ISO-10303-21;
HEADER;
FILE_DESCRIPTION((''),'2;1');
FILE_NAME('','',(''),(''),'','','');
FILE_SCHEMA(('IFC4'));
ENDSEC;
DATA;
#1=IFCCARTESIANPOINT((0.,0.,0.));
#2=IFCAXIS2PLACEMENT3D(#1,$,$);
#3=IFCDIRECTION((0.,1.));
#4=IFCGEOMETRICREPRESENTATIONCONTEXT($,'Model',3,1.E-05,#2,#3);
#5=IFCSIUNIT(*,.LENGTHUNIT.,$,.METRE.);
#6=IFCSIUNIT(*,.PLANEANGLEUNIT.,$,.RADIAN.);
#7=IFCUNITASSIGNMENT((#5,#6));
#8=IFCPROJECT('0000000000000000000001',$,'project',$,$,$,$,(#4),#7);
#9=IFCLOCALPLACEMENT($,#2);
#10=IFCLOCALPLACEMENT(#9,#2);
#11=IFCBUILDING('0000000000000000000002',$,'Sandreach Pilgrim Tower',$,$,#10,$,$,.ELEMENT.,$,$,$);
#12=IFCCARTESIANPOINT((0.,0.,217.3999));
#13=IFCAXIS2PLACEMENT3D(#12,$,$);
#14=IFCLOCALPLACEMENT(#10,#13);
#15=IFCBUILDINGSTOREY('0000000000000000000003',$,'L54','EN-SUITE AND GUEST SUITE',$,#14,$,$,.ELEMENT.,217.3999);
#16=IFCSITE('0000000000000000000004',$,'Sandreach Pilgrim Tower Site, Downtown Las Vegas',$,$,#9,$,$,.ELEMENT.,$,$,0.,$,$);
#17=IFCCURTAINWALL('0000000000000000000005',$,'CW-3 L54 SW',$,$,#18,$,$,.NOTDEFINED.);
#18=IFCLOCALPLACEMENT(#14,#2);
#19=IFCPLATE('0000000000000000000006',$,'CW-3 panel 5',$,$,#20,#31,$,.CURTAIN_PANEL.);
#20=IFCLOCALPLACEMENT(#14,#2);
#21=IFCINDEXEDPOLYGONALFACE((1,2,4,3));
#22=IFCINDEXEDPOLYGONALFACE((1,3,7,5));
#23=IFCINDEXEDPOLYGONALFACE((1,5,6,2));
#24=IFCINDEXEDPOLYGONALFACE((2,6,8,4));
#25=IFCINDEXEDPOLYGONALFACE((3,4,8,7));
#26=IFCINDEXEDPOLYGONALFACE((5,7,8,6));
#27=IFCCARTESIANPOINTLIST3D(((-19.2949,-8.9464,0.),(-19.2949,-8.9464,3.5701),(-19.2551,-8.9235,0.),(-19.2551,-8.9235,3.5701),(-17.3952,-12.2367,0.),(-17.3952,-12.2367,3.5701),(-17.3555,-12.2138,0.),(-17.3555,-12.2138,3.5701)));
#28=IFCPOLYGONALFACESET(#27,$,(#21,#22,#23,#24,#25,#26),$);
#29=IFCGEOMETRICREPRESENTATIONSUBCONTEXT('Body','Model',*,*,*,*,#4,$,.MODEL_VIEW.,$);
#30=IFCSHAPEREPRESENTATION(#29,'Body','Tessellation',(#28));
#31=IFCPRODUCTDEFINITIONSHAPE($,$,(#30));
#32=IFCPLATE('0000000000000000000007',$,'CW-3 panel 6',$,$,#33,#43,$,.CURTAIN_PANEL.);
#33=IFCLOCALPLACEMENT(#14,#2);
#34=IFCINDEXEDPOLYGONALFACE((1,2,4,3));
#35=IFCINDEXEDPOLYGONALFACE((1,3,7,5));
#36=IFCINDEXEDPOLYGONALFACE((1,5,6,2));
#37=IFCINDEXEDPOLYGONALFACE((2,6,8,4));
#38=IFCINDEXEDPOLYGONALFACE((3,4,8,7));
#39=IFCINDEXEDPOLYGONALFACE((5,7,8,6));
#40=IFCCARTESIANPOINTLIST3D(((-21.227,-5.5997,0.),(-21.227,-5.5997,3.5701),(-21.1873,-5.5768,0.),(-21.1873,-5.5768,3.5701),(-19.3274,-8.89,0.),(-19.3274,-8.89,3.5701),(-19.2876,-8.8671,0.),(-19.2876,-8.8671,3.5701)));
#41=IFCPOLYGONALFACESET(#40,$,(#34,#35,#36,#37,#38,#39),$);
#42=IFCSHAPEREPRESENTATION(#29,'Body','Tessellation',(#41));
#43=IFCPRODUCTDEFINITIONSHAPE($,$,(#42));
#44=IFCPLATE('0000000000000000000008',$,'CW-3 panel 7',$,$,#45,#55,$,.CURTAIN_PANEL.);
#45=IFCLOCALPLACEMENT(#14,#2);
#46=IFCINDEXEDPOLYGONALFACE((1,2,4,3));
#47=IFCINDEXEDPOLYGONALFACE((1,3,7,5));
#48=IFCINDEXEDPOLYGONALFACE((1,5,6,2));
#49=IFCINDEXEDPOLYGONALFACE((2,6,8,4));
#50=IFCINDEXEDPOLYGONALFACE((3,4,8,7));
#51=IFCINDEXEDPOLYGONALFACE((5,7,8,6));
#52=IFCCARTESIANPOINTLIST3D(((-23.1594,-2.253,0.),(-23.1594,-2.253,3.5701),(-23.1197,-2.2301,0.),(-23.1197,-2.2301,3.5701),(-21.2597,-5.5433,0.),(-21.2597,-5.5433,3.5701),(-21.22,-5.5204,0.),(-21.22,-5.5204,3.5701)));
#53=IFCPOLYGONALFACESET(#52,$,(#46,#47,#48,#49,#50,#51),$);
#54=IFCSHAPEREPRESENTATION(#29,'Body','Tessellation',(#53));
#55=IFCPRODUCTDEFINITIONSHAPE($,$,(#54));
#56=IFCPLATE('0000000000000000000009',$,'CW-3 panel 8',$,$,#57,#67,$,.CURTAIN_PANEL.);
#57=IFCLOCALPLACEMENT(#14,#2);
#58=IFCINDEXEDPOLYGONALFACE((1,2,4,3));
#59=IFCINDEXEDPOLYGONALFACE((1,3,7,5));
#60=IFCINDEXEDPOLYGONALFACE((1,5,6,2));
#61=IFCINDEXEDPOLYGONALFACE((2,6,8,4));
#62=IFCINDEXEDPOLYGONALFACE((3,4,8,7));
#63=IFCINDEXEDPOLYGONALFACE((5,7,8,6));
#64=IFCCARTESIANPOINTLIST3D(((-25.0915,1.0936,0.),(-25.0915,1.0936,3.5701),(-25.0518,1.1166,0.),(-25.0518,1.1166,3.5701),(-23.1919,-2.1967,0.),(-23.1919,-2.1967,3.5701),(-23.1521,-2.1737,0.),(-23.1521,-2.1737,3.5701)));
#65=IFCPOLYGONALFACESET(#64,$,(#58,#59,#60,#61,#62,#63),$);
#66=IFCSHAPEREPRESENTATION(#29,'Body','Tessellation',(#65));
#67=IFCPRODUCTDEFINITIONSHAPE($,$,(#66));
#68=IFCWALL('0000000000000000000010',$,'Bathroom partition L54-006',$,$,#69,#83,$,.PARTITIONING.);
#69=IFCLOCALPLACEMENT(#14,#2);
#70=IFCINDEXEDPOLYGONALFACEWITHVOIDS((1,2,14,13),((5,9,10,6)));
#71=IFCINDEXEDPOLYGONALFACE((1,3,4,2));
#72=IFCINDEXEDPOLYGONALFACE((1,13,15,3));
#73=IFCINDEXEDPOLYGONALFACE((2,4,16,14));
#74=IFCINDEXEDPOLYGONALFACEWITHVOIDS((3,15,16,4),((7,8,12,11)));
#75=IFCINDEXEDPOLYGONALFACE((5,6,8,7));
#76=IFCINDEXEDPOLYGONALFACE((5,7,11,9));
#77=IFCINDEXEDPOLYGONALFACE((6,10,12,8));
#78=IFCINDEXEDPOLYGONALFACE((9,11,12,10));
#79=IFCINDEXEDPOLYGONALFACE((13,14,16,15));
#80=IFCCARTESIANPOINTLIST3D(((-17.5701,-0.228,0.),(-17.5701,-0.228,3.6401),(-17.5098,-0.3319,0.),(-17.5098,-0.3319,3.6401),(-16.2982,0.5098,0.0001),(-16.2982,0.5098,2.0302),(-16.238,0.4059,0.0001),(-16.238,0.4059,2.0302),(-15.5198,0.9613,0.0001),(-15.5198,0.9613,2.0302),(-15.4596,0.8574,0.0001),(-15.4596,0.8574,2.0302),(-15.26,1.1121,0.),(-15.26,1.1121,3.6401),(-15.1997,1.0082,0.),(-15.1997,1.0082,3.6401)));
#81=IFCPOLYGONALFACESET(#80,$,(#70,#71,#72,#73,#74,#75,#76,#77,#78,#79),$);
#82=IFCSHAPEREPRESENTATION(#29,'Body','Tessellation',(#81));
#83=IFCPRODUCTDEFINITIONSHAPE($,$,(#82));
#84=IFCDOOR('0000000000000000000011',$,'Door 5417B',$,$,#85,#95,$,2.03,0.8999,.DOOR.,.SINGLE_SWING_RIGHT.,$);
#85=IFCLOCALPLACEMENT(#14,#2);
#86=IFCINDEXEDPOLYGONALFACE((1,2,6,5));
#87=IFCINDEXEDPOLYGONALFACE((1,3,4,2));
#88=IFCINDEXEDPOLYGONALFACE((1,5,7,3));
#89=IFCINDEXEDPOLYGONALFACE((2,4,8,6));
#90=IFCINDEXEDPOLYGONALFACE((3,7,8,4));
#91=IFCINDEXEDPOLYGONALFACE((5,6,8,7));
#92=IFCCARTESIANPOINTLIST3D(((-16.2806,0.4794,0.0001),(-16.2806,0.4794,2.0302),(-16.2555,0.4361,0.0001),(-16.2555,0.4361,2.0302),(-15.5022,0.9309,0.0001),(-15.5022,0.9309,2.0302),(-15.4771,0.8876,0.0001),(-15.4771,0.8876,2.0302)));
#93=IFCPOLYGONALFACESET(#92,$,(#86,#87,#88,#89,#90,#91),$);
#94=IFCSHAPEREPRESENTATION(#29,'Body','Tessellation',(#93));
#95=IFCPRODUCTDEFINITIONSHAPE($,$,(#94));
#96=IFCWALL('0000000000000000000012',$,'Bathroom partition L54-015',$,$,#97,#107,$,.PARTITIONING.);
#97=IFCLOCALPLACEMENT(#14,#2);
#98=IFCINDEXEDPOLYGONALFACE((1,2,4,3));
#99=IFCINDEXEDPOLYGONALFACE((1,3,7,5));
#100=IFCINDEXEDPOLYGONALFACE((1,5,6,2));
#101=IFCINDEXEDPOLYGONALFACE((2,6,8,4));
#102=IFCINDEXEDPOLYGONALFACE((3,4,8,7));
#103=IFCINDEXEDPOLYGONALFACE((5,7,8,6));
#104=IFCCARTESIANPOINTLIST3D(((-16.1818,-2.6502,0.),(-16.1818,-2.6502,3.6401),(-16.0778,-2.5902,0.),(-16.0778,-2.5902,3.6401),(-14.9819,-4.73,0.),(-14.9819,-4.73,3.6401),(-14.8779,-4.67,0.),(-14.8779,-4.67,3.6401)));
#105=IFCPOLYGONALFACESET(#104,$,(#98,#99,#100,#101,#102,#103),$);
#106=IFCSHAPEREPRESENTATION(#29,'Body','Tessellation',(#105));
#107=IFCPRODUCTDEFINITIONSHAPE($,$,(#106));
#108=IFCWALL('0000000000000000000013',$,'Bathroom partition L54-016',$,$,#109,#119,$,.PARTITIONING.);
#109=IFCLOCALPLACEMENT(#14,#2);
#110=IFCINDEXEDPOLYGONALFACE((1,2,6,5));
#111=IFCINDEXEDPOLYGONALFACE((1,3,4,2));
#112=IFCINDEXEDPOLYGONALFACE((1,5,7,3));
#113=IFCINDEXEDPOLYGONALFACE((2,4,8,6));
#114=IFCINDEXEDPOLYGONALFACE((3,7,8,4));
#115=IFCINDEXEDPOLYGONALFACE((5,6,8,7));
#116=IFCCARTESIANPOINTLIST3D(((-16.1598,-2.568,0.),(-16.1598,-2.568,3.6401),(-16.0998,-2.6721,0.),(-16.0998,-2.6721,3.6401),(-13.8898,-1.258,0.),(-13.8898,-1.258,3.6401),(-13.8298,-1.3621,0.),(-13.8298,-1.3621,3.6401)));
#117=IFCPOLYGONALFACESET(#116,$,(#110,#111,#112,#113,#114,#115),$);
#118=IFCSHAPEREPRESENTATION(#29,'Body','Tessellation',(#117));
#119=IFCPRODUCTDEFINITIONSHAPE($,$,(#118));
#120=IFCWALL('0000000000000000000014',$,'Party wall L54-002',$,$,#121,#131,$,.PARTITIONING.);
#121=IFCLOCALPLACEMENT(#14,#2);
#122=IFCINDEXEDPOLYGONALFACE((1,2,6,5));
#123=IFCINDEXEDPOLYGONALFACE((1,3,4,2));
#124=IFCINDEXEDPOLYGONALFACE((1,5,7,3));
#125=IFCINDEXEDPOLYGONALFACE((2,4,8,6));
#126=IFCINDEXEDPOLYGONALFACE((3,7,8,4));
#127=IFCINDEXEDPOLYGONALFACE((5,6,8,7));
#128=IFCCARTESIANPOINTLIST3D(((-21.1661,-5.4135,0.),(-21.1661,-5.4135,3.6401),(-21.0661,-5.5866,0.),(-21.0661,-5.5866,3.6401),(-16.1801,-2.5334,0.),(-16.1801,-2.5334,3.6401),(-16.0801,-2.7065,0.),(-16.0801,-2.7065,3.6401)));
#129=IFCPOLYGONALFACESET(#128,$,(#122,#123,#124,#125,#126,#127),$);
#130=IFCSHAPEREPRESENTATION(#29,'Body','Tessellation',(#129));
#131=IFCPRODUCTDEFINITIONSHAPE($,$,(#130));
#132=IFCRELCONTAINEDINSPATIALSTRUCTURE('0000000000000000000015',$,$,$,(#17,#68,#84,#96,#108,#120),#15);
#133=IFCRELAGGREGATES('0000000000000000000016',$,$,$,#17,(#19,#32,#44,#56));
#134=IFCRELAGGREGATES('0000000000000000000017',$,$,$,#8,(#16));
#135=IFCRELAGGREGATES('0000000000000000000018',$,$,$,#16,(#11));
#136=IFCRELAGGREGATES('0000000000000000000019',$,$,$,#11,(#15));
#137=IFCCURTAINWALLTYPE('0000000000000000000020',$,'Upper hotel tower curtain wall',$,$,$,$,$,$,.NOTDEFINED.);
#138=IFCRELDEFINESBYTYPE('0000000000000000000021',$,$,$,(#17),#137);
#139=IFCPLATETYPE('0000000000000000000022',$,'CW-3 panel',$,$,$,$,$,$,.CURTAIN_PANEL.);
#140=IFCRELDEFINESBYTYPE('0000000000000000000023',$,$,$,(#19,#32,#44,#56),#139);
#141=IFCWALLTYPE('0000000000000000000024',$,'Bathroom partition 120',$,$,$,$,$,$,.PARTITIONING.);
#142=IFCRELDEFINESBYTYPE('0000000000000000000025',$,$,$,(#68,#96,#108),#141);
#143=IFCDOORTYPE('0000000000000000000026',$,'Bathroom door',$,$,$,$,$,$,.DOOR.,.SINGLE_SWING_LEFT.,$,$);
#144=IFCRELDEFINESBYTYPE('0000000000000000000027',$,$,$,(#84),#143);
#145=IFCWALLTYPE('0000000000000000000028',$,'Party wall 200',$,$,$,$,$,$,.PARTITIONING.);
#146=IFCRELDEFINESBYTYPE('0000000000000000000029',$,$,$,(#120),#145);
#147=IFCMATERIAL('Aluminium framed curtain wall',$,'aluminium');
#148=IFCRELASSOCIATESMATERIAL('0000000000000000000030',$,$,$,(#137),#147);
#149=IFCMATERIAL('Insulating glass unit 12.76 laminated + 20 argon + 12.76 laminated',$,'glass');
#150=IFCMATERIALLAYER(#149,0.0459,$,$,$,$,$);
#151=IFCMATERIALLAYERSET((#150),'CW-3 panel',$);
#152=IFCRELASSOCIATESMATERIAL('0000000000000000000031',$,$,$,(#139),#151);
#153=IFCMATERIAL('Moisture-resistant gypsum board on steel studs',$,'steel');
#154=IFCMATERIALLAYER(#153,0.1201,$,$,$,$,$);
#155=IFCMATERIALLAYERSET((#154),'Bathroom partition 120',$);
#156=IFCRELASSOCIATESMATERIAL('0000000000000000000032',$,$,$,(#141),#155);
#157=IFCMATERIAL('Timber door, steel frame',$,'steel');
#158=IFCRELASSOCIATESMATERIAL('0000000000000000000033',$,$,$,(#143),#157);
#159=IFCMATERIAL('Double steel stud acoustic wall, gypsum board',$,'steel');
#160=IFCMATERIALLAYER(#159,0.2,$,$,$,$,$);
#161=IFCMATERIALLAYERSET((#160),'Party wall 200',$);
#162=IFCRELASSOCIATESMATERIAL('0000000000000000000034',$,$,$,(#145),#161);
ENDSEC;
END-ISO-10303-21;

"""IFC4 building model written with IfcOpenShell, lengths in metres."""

from ifc_helpers import new_model, si_unit, direction, frame, frame_2d, origin, origin_2d, place, context, subcontext, project, spatial, rectangle, extrude, material, layer, layer_set, type_object, element, fill, aggregate, save


model = new_model("IFC4")

# Units and contexts
model_context = context("Model", 3, precision=1e-05, world=origin(), true_north=direction((0.0, 1.0)))
body_context = subcontext(model_context, "Body", "Model", "MODEL_VIEW")
ifc_project = project(units=[si_unit("LENGTHUNIT", "METRE"), si_unit("PLANEANGLEUNIT", "RADIAN")], contexts=[model_context])

# Site, building, storey
site_placement = place(None, origin())
site = spatial("IfcSite", under=ifc_project, at=site_placement, Name="Sandreach Pilgrim Tower Site, Downtown Las Vegas", CompositionType="ELEMENT", RefElevation=0.0)
building_placement = place(site_placement, origin())
building = spatial("IfcBuilding", under=site, at=building_placement, Name="Sandreach Pilgrim Tower", CompositionType="ELEMENT")
storey_placement = place(building_placement, frame((0.0, 0.0, 217.3999)))
storey = spatial("IfcBuildingStorey", under=building, at=storey_placement, Name="L54", Description="EN-SUITE AND GUEST SUITE", CompositionType="ELEMENT", Elevation=217.3999)

# Curtain wall
ifc_material_1 = material(Name="Aluminium framed curtain wall", Category="aluminium")
curtain_wall_type = type_object("IfcCurtainWallType", Name="Upper hotel tower curtain wall", PredefinedType="NOTDEFINED", material=ifc_material_1)
curtain_wall_placement = place(storey_placement, origin())
curtain_wall = element("IfcCurtainWall", 1, at=curtain_wall_placement, inside=storey, type_object=curtain_wall_type, Name="CW-3 L54 SW", PredefinedType="NOTDEFINED")

# Plates
ifc_material_2 = material(Name="Insulating glass unit 12.76 laminated + 20 argon + 12.76 laminated", Category="glass")
ifc_layer_1 = layer(ifc_material_2, 0.0459)
ifc_layer_set_1 = layer_set([ifc_layer_1], Name="CW-3 panel")
plate_type = type_object("IfcPlateType", Name="CW-3 panel", PredefinedType="CURTAIN_PANEL", material=ifc_layer_set_1)
plate_1_placement = place(storey_placement, frame((-18.3252, -10.5801, 0.0), z_axis=(0.0, 0.0, 1.0), x_axis=(-0.5, 0.866025, 0.0)))
plate_1 = element("IfcPlate", 2, at=plate_1_placement, type_object=plate_type, Name="CW-3 panel 5", PredefinedType="CURTAIN_PANEL", context=body_context, shape_type="SweptSolid", body=[
    extrude(rectangle(XDim=3.7993, YDim=0.0459, at=origin_2d()), origin(), (0.0, 0.0, 1.0), 3.5701),
])
plate_2_placement = place(storey_placement, frame((-20.2573, -7.2334, 0.0), z_axis=(0.0, 0.0, 1.0), x_axis=(-0.5, 0.866025, 0.0)))
plate_2 = element("IfcPlate", 3, at=plate_2_placement, type_object=plate_type, Name="CW-3 panel 6", PredefinedType="CURTAIN_PANEL", context=body_context, shape_type="SweptSolid", body=[
    extrude(rectangle(XDim=3.7993, YDim=0.0459, at=origin_2d()), origin(), (0.0, 0.0, 1.0), 3.5701),
])
plate_3_placement = place(storey_placement, frame((-22.1897, -3.8867, 0.0), z_axis=(0.0, 0.0, 1.0), x_axis=(-0.5, 0.866025, 0.0)))
plate_3 = element("IfcPlate", 4, at=plate_3_placement, type_object=plate_type, Name="CW-3 panel 7", PredefinedType="CURTAIN_PANEL", context=body_context, shape_type="SweptSolid", body=[
    extrude(rectangle(XDim=3.7993, YDim=0.0459, at=origin_2d()), origin(), (0.0, 0.0, 1.0), 3.5701),
])
plate_4_placement = place(storey_placement, frame((-24.1218, -0.54, 0.0), z_axis=(0.0, 0.0, 1.0), x_axis=(-0.5, 0.866025, 0.0)))
plate_4 = element("IfcPlate", 5, at=plate_4_placement, type_object=plate_type, Name="CW-3 panel 8", PredefinedType="CURTAIN_PANEL", context=body_context, shape_type="SweptSolid", body=[
    extrude(rectangle(XDim=3.7993, YDim=0.0459, at=origin_2d()), origin(), (0.0, 0.0, 1.0), 3.5701),
])
aggregate(curtain_wall, [plate_1, plate_2, plate_3, plate_4])

# Wall, opening, door
ifc_material_3 = material(Name="Moisture-resistant gypsum board on steel studs", Category="steel")
ifc_layer_2 = layer(ifc_material_3, 0.1201)
ifc_layer_set_2 = layer_set([ifc_layer_2], Name="Bathroom partition 120")
wall_type_1 = type_object("IfcWallType", Name="Bathroom partition 120", PredefinedType="PARTITIONING", material=ifc_layer_set_2)
wall_1_placement = place(storey_placement, frame((-17.54, -0.28, 0.0), z_axis=(0.0, 0.0, 1.0), x_axis=(0.86499, 0.501789, 0.0)))
wall_1 = element("IfcWall", 6, at=wall_1_placement, inside=storey, type_object=wall_type_1, Name="Bathroom partition L54-006", PredefinedType="PARTITIONING", context=body_context, shape_type="SweptSolid", body=[
    extrude(rectangle(XDim=2.6707, YDim=0.1201, at=frame_2d((1.3354, 0.0))), origin(), (0.0, 0.0, 1.0), 3.6401),
])
opening_placement = place(wall_1_placement, frame((1.4705, 0.0, 0.0)))
opening = element("IfcOpeningElement", 7, at=opening_placement, cuts=wall_1, PredefinedType="OPENING", context=body_context, shape_type="SweptSolid", body=[
    extrude(rectangle(XDim=0.8999, YDim=2.03, at=frame_2d((0.45, 1.0151))), frame((0.0, 0.0601, 0.0), z_axis=(0.0, -1.0, 0.0), x_axis=(1.0, 0.0, 0.0)), (0.0, 0.0, 1.0), 0.1201),
])
ifc_material_4 = material(Name="Timber door, steel frame", Category="steel")
door_type = type_object("IfcDoorType", Name="Bathroom door", OperationType="SINGLE_SWING_LEFT", PredefinedType="DOOR", material=ifc_material_4)
door_placement = place(opening_placement, origin())
door = element("IfcDoor", 8, at=door_placement, inside=storey, type_object=door_type, Name="Door 5417B", OperationType="SINGLE_SWING_RIGHT", OverallHeight=2.03, OverallWidth=0.8999, PredefinedType="DOOR", context=body_context, shape_type="SweptSolid", body=[
    extrude(rectangle(XDim=0.8999, YDim=2.03, at=frame_2d((0.45, 1.0151))), frame((0.0, 0.0249, 0.0), z_axis=(0.0, -1.0, 0.0), x_axis=(1.0, 0.0, 0.0)), (0.0, 0.0, 1.0), 0.05),
])
fill(opening, door)

# Walls
wall_2_placement = place(storey_placement, frame((-16.1299, -2.6201, 0.0), z_axis=(0.0, 0.0, 1.0), x_axis=(0.499737, -0.866177, 0.0)))
element("IfcWall", 9, at=wall_2_placement, inside=storey, type_object=wall_type_1, Name="Bathroom partition L54-015", PredefinedType="PARTITIONING", context=body_context, shape_type="SweptSolid", body=[
    extrude(rectangle(XDim=2.4011, YDim=0.1201, at=frame_2d((1.2007, 0.0))), origin(), (0.0, 0.0, 1.0), 3.6401),
])
wall_3_placement = place(storey_placement, frame((-16.1299, -2.6201, 0.0), z_axis=(0.0, 0.0, 1.0), x_axis=(0.866114, 0.499846, 0.0)))
element("IfcWall", 10, at=wall_3_placement, inside=storey, type_object=wall_type_1, Name="Bathroom partition L54-016", PredefinedType="PARTITIONING", context=body_context, shape_type="SweptSolid", body=[
    extrude(rectangle(XDim=2.6208, YDim=0.1201, at=frame_2d((1.3105, 0.0))), origin(), (0.0, 0.0, 1.0), 3.6401),
])
ifc_material_5 = material(Name="Double steel stud acoustic wall, gypsum board", Category="steel")
ifc_layer_3 = layer(ifc_material_5, 0.2)
ifc_layer_set_3 = layer_set([ifc_layer_3], Name="Party wall 200")
wall_type_2 = type_object("IfcWallType", Name="Party wall 200", PredefinedType="PARTITIONING", material=ifc_layer_set_3)
wall_4_placement = place(storey_placement, frame((-21.116, -5.5, 0.0), z_axis=(0.0, 0.0, 1.0), x_axis=(0.865919, 0.500184, 0.0)))
element("IfcWall", 11, at=wall_4_placement, inside=storey, type_object=wall_type_2, Name="Party wall L54-002", PredefinedType="PARTITIONING", context=body_context, shape_type="SweptSolid", body=[
    extrude(rectangle(XDim=5.7581, YDim=0.2, at=frame_2d((2.8789, 0.0))), origin(), (0.0, 0.0, 1.0), 3.6401),
])

save(model, "model.ifc")
